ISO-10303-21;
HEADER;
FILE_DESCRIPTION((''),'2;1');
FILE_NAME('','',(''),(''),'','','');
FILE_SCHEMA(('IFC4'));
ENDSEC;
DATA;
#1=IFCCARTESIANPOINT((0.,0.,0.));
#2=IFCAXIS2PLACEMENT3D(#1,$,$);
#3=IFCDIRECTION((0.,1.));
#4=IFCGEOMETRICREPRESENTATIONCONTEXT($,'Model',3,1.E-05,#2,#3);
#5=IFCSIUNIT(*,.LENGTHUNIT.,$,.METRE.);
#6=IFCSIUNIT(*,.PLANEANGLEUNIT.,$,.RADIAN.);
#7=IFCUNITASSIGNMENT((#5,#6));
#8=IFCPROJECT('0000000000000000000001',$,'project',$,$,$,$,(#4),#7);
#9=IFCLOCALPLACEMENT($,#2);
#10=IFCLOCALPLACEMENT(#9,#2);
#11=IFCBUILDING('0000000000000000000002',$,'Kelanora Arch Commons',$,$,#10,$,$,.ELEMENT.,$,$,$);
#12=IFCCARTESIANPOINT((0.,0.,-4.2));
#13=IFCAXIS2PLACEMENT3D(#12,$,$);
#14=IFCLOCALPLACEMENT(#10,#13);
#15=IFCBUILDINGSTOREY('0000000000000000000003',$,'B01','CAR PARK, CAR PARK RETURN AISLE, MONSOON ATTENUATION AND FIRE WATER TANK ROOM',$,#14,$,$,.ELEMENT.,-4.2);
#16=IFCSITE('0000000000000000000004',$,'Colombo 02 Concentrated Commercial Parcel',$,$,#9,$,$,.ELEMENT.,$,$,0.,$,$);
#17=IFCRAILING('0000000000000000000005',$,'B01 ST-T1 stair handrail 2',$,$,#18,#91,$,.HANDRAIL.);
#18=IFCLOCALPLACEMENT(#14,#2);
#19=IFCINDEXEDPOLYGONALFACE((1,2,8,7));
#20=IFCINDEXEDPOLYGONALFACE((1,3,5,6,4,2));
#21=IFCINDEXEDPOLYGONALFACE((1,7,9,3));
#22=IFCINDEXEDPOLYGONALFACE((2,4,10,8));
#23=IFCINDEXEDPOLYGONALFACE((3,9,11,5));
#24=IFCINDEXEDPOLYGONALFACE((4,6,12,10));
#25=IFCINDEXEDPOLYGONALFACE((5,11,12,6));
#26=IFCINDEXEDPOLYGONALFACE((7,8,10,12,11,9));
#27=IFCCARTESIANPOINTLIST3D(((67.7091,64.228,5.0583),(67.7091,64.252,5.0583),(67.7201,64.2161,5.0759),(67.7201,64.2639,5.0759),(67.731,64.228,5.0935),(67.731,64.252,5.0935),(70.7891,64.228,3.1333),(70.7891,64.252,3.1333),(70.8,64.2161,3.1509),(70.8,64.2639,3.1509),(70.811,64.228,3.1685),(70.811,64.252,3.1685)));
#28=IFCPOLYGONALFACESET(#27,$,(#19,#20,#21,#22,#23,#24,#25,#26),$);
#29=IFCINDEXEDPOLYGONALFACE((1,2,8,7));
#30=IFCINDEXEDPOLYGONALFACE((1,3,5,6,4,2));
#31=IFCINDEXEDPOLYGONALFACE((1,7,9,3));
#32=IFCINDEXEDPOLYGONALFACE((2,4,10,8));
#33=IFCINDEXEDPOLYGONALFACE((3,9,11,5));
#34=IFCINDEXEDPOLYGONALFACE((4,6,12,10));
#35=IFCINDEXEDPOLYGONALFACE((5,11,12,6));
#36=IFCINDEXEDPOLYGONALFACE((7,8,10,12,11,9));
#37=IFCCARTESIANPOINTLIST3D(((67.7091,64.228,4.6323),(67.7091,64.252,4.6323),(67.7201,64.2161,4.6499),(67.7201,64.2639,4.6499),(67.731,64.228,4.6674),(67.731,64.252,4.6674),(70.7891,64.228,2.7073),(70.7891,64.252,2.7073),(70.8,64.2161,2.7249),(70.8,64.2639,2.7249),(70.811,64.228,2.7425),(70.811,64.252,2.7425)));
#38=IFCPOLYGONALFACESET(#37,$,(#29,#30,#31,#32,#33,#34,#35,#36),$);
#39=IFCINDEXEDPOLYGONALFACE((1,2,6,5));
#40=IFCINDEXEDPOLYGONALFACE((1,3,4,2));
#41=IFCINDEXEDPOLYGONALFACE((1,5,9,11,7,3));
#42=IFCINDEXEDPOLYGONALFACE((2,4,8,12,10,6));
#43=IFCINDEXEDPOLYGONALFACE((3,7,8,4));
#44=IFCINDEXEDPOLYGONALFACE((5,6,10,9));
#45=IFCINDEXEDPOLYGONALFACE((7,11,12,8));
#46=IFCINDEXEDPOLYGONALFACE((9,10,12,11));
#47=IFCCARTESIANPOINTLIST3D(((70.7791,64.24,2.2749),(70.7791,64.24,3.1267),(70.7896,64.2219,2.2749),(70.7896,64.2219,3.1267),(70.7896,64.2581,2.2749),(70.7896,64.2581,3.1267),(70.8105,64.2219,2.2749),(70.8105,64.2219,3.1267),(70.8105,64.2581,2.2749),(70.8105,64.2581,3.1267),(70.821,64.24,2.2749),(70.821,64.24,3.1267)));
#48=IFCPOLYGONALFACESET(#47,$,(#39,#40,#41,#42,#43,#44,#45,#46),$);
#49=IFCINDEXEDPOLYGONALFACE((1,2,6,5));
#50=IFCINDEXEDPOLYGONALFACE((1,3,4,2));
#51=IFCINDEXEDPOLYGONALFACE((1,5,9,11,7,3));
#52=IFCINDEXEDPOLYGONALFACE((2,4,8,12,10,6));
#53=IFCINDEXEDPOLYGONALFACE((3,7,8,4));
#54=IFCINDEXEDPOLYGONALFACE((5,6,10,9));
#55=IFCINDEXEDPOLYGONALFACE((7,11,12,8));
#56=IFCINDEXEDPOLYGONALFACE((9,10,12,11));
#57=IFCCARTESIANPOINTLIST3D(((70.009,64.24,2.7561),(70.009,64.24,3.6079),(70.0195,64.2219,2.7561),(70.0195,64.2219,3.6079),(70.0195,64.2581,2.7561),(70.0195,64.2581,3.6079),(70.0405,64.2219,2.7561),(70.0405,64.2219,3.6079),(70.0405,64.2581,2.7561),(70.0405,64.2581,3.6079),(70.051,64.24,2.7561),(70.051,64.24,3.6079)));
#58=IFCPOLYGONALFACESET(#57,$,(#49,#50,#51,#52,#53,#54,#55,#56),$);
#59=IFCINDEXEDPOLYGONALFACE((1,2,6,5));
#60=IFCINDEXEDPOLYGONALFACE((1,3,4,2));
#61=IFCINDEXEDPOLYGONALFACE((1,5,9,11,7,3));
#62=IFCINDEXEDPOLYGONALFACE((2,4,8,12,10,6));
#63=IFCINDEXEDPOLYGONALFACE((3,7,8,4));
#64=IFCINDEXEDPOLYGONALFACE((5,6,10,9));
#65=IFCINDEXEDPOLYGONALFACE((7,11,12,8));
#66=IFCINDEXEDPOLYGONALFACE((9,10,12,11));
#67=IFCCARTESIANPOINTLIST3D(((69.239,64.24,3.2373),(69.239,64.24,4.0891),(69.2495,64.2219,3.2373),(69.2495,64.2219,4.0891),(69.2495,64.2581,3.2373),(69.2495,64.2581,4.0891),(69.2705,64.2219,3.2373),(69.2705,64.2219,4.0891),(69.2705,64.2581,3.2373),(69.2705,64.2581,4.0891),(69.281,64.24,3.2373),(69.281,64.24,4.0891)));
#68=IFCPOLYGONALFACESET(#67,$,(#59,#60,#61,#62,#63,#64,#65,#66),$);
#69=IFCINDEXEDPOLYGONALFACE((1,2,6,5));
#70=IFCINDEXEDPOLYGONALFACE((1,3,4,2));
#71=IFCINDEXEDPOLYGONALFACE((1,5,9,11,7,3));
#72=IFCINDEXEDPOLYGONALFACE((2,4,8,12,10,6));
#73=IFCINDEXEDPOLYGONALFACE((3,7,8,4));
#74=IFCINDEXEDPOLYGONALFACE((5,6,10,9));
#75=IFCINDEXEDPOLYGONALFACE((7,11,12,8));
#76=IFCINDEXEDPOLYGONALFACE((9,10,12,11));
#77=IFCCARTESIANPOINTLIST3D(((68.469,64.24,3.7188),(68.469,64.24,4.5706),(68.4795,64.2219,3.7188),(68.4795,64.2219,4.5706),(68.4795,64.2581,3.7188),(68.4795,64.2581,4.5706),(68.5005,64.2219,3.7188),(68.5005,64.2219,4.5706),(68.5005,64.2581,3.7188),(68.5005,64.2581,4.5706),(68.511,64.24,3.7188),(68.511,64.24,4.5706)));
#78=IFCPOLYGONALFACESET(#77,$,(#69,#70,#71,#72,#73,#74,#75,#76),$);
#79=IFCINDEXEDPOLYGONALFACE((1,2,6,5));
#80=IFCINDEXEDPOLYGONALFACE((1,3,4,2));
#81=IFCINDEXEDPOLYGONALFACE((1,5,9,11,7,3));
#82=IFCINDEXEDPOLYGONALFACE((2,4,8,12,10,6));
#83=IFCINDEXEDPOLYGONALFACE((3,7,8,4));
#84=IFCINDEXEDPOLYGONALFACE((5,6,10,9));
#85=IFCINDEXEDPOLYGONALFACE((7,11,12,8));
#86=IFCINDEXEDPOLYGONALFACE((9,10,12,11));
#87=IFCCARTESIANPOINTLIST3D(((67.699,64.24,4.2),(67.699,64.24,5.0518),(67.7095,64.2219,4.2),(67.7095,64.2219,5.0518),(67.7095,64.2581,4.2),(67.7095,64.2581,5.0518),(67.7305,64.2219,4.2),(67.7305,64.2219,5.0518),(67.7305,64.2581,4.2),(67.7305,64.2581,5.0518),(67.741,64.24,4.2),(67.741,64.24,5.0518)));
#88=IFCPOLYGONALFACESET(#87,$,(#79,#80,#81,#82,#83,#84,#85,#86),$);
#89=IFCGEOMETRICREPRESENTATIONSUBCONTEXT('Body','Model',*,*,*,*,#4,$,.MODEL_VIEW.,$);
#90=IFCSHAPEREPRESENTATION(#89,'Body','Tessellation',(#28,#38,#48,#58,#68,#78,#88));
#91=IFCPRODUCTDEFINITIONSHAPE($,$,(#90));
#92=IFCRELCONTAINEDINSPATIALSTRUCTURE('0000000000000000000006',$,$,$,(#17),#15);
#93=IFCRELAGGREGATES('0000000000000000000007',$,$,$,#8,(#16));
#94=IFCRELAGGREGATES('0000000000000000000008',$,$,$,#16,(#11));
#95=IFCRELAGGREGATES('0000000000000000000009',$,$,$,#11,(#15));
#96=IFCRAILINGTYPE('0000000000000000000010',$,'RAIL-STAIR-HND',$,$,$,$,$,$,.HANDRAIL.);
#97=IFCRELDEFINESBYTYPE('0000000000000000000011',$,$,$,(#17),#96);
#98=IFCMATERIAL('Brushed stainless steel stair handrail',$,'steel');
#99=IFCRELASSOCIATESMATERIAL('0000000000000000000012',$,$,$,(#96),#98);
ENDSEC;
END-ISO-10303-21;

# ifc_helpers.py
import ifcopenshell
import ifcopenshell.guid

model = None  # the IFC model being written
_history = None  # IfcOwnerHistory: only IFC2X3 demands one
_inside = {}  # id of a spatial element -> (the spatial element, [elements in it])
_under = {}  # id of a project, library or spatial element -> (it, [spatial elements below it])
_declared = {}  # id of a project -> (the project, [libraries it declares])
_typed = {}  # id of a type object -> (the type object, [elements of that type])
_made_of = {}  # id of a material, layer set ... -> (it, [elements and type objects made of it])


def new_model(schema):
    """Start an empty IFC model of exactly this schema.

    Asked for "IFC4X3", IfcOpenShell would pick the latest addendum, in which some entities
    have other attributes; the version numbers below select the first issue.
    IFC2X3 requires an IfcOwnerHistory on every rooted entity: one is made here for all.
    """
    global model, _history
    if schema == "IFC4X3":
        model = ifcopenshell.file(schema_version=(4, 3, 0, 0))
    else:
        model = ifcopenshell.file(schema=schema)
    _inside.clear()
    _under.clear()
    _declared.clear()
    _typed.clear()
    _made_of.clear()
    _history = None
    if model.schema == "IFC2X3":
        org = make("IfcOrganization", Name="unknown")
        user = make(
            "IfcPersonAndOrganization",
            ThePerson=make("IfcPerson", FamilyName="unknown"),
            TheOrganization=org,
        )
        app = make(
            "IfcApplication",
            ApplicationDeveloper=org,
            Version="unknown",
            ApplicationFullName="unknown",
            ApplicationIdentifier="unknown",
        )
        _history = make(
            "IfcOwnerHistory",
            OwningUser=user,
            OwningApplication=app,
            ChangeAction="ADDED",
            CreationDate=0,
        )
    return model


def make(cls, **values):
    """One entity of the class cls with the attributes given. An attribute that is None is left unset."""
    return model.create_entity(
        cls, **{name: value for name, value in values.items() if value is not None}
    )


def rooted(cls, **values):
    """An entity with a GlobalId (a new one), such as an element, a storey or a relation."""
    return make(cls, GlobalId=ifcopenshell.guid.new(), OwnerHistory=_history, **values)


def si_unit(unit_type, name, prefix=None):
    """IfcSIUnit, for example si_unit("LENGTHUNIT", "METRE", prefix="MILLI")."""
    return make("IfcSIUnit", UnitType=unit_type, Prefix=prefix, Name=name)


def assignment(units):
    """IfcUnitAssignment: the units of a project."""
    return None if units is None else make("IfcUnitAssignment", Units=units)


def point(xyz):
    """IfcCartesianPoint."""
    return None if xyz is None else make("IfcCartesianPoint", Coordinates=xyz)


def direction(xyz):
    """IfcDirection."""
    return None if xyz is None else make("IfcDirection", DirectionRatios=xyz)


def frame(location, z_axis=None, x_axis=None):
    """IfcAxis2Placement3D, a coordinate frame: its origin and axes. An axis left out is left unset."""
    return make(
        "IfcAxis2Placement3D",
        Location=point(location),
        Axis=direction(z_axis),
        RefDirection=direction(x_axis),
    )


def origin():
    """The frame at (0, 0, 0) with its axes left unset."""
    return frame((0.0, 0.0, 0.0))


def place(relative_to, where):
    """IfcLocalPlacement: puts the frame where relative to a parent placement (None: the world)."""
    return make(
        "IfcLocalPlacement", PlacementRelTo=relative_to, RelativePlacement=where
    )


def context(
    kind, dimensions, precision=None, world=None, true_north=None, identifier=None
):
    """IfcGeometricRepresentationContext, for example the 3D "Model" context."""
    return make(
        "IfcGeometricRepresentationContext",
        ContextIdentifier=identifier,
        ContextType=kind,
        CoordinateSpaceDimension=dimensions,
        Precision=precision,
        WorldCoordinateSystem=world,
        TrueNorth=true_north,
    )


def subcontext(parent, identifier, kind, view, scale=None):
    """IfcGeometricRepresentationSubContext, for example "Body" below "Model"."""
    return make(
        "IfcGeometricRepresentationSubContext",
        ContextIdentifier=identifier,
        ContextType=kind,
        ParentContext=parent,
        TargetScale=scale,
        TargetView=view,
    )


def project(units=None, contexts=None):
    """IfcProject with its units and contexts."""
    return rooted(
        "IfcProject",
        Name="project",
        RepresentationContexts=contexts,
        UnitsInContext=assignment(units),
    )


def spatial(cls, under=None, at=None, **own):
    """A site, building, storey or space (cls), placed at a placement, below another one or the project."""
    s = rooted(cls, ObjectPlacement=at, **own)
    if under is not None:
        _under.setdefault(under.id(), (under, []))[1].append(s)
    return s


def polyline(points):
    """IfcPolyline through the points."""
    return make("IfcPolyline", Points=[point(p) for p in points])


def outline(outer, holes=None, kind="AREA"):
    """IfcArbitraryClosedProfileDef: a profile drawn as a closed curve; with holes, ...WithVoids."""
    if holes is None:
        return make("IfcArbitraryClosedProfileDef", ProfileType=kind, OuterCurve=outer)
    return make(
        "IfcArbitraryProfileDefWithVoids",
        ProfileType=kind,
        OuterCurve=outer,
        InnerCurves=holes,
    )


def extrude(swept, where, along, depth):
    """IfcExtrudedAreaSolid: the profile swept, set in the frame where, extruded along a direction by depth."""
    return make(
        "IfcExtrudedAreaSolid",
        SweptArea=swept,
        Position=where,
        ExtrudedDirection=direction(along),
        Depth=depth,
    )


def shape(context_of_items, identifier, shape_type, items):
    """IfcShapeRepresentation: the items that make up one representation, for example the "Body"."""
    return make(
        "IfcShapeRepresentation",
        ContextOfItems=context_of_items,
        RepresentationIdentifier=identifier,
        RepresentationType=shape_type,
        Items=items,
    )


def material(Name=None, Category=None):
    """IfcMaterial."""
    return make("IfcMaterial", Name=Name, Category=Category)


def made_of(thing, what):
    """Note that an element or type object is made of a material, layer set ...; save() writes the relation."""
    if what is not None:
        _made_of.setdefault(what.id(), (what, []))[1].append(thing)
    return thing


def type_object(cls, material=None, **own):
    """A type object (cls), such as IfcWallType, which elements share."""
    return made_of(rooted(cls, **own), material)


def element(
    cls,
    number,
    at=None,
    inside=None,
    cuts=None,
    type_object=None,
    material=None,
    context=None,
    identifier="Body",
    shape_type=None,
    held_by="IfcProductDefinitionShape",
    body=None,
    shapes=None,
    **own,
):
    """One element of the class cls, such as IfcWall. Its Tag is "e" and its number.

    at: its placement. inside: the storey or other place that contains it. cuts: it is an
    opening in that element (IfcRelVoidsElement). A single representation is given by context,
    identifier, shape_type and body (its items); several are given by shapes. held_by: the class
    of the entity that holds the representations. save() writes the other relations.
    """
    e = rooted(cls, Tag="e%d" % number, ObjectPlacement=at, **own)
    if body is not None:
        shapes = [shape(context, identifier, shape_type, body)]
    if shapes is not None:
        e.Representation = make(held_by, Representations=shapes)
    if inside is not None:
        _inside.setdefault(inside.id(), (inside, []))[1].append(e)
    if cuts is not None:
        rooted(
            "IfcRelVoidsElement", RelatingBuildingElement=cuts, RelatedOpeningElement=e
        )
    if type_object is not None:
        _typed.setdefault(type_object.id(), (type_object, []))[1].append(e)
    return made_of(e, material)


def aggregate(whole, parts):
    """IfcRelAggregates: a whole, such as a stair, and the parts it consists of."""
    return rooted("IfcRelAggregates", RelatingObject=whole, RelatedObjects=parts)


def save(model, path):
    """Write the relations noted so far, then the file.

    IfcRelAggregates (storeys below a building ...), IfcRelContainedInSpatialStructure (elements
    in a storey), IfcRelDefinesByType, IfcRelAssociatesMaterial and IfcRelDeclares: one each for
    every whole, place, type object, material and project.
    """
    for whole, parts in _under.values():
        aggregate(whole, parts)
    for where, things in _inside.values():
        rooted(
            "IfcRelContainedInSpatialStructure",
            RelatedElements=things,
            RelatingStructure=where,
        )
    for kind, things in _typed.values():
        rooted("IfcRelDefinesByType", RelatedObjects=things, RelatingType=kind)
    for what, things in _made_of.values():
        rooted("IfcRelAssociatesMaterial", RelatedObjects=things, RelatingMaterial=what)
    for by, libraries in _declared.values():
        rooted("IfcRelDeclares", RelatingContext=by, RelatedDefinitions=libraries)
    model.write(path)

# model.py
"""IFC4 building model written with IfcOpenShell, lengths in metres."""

from ifc_helpers import new_model, si_unit, direction, frame, origin, place, context, subcontext, project, spatial, polyline, outline, extrude, material, type_object, element, save


model = new_model("IFC4")

# Units and contexts
model_context = context("Model", 3, precision=1e-05, world=origin(), true_north=direction((0.0, 1.0)))
body_context = subcontext(model_context, "Body", "Model", "MODEL_VIEW")
ifc_project = project(units=[si_unit("LENGTHUNIT", "METRE"), si_unit("PLANEANGLEUNIT", "RADIAN")], contexts=[model_context])

# Site, building, storey
site_placement = place(None, origin())
site = spatial("IfcSite", under=ifc_project, at=site_placement, Name="Colombo 02 Concentrated Commercial Parcel", CompositionType="ELEMENT", RefElevation=0.0)
building_placement = place(site_placement, origin())
building = spatial("IfcBuilding", under=site, at=building_placement, Name="Kelanora Arch Commons", CompositionType="ELEMENT")
storey_placement = place(building_placement, frame((0.0, 0.0, -4.2)))
storey = spatial("IfcBuildingStorey", under=building, at=storey_placement, Name="B01", Description="CAR PARK, CAR PARK RETURN AISLE, MONSOON ATTENUATION AND FIRE WATER TANK ROOM", CompositionType="ELEMENT", Elevation=-4.2)

# Railing
ifc_material_1 = material(Name="Brushed stainless steel stair handrail", Category="steel")
railing_type_1 = type_object("IfcRailingType", Name="RAIL-STAIR-HND", PredefinedType="HANDRAIL", material=ifc_material_1)
railing_1_placement = place(storey_placement, frame((70.8, 64.24, 2.2749)))
element("IfcRailing", 1, at=railing_1_placement, inside=storey, type_object=railing_type_1, Name="B01 ST-T1 stair handrail 2", PredefinedType="HANDRAIL", context=body_context, shape_type="SweptSolid", body=[
    extrude(outline(polyline([(0.0239, 0.0), (0.012, 0.0208), (-0.012, 0.0208), (-0.0239, 0.0), (-0.012, -0.0208), (0.012, -0.0208), (0.0239, 0.0)])), frame((0.0, 0.0, 0.876), z_axis=(-0.847998, 0.0, 0.529999), x_axis=(0.0, -1.0, 0.0)), (0.0, 0.0, 1.0), 3.6321),
    extrude(outline(polyline([(0.0239, 0.0), (0.012, 0.0208), (-0.012, 0.0208), (-0.0239, 0.0), (-0.012, -0.0208), (0.012, -0.0208), (0.0239, 0.0)])), frame((0.0, 0.0, 0.45), z_axis=(-0.847998, 0.0, 0.529999), x_axis=(0.0, -1.0, 0.0)), (0.0, 0.0, 1.0), 3.6321),
    extrude(outline(polyline([(0.021, 0.0), (0.0105, 0.0181), (-0.0105, 0.0181), (-0.021, 0.0), (-0.0105, -0.0181), (0.0105, -0.0181), (0.021, 0.0)])), origin(), (0.0, 0.0, 1.0), 0.8518),
    extrude(outline(polyline([(0.021, 0.0), (0.0105, 0.0181), (-0.0105, 0.0181), (-0.021, 0.0), (-0.0105, -0.0181), (0.0105, -0.0181), (0.021, 0.0)])), frame((-0.77, 0.0, 0.4812)), (0.0, 0.0, 1.0), 0.8518),
    extrude(outline(polyline([(0.021, 0.0), (0.0105, 0.0181), (-0.0105, 0.0181), (-0.021, 0.0), (-0.0105, -0.0181), (0.0105, -0.0181), (0.021, 0.0)])), frame((-1.54, 0.0, 0.9624)), (0.0, 0.0, 1.0), 0.8518),
    extrude(outline(polyline([(0.021, 0.0), (0.0105, 0.0181), (-0.0105, 0.0181), (-0.021, 0.0), (-0.0105, -0.0181), (0.0105, -0.0181), (0.021, 0.0)])), frame((-2.3101, 0.0, 1.4438)), (0.0, 0.0, 1.0), 0.8518),
    extrude(outline(polyline([(0.021, 0.0), (0.0105, 0.0181), (-0.0105, 0.0181), (-0.021, 0.0), (-0.0105, -0.0181), (0.0105, -0.0181), (0.021, 0.0)])), frame((-3.0801, 0.0, 1.925)), (0.0, 0.0, 1.0), 0.8518),
])

save(model, "model.ifc")
